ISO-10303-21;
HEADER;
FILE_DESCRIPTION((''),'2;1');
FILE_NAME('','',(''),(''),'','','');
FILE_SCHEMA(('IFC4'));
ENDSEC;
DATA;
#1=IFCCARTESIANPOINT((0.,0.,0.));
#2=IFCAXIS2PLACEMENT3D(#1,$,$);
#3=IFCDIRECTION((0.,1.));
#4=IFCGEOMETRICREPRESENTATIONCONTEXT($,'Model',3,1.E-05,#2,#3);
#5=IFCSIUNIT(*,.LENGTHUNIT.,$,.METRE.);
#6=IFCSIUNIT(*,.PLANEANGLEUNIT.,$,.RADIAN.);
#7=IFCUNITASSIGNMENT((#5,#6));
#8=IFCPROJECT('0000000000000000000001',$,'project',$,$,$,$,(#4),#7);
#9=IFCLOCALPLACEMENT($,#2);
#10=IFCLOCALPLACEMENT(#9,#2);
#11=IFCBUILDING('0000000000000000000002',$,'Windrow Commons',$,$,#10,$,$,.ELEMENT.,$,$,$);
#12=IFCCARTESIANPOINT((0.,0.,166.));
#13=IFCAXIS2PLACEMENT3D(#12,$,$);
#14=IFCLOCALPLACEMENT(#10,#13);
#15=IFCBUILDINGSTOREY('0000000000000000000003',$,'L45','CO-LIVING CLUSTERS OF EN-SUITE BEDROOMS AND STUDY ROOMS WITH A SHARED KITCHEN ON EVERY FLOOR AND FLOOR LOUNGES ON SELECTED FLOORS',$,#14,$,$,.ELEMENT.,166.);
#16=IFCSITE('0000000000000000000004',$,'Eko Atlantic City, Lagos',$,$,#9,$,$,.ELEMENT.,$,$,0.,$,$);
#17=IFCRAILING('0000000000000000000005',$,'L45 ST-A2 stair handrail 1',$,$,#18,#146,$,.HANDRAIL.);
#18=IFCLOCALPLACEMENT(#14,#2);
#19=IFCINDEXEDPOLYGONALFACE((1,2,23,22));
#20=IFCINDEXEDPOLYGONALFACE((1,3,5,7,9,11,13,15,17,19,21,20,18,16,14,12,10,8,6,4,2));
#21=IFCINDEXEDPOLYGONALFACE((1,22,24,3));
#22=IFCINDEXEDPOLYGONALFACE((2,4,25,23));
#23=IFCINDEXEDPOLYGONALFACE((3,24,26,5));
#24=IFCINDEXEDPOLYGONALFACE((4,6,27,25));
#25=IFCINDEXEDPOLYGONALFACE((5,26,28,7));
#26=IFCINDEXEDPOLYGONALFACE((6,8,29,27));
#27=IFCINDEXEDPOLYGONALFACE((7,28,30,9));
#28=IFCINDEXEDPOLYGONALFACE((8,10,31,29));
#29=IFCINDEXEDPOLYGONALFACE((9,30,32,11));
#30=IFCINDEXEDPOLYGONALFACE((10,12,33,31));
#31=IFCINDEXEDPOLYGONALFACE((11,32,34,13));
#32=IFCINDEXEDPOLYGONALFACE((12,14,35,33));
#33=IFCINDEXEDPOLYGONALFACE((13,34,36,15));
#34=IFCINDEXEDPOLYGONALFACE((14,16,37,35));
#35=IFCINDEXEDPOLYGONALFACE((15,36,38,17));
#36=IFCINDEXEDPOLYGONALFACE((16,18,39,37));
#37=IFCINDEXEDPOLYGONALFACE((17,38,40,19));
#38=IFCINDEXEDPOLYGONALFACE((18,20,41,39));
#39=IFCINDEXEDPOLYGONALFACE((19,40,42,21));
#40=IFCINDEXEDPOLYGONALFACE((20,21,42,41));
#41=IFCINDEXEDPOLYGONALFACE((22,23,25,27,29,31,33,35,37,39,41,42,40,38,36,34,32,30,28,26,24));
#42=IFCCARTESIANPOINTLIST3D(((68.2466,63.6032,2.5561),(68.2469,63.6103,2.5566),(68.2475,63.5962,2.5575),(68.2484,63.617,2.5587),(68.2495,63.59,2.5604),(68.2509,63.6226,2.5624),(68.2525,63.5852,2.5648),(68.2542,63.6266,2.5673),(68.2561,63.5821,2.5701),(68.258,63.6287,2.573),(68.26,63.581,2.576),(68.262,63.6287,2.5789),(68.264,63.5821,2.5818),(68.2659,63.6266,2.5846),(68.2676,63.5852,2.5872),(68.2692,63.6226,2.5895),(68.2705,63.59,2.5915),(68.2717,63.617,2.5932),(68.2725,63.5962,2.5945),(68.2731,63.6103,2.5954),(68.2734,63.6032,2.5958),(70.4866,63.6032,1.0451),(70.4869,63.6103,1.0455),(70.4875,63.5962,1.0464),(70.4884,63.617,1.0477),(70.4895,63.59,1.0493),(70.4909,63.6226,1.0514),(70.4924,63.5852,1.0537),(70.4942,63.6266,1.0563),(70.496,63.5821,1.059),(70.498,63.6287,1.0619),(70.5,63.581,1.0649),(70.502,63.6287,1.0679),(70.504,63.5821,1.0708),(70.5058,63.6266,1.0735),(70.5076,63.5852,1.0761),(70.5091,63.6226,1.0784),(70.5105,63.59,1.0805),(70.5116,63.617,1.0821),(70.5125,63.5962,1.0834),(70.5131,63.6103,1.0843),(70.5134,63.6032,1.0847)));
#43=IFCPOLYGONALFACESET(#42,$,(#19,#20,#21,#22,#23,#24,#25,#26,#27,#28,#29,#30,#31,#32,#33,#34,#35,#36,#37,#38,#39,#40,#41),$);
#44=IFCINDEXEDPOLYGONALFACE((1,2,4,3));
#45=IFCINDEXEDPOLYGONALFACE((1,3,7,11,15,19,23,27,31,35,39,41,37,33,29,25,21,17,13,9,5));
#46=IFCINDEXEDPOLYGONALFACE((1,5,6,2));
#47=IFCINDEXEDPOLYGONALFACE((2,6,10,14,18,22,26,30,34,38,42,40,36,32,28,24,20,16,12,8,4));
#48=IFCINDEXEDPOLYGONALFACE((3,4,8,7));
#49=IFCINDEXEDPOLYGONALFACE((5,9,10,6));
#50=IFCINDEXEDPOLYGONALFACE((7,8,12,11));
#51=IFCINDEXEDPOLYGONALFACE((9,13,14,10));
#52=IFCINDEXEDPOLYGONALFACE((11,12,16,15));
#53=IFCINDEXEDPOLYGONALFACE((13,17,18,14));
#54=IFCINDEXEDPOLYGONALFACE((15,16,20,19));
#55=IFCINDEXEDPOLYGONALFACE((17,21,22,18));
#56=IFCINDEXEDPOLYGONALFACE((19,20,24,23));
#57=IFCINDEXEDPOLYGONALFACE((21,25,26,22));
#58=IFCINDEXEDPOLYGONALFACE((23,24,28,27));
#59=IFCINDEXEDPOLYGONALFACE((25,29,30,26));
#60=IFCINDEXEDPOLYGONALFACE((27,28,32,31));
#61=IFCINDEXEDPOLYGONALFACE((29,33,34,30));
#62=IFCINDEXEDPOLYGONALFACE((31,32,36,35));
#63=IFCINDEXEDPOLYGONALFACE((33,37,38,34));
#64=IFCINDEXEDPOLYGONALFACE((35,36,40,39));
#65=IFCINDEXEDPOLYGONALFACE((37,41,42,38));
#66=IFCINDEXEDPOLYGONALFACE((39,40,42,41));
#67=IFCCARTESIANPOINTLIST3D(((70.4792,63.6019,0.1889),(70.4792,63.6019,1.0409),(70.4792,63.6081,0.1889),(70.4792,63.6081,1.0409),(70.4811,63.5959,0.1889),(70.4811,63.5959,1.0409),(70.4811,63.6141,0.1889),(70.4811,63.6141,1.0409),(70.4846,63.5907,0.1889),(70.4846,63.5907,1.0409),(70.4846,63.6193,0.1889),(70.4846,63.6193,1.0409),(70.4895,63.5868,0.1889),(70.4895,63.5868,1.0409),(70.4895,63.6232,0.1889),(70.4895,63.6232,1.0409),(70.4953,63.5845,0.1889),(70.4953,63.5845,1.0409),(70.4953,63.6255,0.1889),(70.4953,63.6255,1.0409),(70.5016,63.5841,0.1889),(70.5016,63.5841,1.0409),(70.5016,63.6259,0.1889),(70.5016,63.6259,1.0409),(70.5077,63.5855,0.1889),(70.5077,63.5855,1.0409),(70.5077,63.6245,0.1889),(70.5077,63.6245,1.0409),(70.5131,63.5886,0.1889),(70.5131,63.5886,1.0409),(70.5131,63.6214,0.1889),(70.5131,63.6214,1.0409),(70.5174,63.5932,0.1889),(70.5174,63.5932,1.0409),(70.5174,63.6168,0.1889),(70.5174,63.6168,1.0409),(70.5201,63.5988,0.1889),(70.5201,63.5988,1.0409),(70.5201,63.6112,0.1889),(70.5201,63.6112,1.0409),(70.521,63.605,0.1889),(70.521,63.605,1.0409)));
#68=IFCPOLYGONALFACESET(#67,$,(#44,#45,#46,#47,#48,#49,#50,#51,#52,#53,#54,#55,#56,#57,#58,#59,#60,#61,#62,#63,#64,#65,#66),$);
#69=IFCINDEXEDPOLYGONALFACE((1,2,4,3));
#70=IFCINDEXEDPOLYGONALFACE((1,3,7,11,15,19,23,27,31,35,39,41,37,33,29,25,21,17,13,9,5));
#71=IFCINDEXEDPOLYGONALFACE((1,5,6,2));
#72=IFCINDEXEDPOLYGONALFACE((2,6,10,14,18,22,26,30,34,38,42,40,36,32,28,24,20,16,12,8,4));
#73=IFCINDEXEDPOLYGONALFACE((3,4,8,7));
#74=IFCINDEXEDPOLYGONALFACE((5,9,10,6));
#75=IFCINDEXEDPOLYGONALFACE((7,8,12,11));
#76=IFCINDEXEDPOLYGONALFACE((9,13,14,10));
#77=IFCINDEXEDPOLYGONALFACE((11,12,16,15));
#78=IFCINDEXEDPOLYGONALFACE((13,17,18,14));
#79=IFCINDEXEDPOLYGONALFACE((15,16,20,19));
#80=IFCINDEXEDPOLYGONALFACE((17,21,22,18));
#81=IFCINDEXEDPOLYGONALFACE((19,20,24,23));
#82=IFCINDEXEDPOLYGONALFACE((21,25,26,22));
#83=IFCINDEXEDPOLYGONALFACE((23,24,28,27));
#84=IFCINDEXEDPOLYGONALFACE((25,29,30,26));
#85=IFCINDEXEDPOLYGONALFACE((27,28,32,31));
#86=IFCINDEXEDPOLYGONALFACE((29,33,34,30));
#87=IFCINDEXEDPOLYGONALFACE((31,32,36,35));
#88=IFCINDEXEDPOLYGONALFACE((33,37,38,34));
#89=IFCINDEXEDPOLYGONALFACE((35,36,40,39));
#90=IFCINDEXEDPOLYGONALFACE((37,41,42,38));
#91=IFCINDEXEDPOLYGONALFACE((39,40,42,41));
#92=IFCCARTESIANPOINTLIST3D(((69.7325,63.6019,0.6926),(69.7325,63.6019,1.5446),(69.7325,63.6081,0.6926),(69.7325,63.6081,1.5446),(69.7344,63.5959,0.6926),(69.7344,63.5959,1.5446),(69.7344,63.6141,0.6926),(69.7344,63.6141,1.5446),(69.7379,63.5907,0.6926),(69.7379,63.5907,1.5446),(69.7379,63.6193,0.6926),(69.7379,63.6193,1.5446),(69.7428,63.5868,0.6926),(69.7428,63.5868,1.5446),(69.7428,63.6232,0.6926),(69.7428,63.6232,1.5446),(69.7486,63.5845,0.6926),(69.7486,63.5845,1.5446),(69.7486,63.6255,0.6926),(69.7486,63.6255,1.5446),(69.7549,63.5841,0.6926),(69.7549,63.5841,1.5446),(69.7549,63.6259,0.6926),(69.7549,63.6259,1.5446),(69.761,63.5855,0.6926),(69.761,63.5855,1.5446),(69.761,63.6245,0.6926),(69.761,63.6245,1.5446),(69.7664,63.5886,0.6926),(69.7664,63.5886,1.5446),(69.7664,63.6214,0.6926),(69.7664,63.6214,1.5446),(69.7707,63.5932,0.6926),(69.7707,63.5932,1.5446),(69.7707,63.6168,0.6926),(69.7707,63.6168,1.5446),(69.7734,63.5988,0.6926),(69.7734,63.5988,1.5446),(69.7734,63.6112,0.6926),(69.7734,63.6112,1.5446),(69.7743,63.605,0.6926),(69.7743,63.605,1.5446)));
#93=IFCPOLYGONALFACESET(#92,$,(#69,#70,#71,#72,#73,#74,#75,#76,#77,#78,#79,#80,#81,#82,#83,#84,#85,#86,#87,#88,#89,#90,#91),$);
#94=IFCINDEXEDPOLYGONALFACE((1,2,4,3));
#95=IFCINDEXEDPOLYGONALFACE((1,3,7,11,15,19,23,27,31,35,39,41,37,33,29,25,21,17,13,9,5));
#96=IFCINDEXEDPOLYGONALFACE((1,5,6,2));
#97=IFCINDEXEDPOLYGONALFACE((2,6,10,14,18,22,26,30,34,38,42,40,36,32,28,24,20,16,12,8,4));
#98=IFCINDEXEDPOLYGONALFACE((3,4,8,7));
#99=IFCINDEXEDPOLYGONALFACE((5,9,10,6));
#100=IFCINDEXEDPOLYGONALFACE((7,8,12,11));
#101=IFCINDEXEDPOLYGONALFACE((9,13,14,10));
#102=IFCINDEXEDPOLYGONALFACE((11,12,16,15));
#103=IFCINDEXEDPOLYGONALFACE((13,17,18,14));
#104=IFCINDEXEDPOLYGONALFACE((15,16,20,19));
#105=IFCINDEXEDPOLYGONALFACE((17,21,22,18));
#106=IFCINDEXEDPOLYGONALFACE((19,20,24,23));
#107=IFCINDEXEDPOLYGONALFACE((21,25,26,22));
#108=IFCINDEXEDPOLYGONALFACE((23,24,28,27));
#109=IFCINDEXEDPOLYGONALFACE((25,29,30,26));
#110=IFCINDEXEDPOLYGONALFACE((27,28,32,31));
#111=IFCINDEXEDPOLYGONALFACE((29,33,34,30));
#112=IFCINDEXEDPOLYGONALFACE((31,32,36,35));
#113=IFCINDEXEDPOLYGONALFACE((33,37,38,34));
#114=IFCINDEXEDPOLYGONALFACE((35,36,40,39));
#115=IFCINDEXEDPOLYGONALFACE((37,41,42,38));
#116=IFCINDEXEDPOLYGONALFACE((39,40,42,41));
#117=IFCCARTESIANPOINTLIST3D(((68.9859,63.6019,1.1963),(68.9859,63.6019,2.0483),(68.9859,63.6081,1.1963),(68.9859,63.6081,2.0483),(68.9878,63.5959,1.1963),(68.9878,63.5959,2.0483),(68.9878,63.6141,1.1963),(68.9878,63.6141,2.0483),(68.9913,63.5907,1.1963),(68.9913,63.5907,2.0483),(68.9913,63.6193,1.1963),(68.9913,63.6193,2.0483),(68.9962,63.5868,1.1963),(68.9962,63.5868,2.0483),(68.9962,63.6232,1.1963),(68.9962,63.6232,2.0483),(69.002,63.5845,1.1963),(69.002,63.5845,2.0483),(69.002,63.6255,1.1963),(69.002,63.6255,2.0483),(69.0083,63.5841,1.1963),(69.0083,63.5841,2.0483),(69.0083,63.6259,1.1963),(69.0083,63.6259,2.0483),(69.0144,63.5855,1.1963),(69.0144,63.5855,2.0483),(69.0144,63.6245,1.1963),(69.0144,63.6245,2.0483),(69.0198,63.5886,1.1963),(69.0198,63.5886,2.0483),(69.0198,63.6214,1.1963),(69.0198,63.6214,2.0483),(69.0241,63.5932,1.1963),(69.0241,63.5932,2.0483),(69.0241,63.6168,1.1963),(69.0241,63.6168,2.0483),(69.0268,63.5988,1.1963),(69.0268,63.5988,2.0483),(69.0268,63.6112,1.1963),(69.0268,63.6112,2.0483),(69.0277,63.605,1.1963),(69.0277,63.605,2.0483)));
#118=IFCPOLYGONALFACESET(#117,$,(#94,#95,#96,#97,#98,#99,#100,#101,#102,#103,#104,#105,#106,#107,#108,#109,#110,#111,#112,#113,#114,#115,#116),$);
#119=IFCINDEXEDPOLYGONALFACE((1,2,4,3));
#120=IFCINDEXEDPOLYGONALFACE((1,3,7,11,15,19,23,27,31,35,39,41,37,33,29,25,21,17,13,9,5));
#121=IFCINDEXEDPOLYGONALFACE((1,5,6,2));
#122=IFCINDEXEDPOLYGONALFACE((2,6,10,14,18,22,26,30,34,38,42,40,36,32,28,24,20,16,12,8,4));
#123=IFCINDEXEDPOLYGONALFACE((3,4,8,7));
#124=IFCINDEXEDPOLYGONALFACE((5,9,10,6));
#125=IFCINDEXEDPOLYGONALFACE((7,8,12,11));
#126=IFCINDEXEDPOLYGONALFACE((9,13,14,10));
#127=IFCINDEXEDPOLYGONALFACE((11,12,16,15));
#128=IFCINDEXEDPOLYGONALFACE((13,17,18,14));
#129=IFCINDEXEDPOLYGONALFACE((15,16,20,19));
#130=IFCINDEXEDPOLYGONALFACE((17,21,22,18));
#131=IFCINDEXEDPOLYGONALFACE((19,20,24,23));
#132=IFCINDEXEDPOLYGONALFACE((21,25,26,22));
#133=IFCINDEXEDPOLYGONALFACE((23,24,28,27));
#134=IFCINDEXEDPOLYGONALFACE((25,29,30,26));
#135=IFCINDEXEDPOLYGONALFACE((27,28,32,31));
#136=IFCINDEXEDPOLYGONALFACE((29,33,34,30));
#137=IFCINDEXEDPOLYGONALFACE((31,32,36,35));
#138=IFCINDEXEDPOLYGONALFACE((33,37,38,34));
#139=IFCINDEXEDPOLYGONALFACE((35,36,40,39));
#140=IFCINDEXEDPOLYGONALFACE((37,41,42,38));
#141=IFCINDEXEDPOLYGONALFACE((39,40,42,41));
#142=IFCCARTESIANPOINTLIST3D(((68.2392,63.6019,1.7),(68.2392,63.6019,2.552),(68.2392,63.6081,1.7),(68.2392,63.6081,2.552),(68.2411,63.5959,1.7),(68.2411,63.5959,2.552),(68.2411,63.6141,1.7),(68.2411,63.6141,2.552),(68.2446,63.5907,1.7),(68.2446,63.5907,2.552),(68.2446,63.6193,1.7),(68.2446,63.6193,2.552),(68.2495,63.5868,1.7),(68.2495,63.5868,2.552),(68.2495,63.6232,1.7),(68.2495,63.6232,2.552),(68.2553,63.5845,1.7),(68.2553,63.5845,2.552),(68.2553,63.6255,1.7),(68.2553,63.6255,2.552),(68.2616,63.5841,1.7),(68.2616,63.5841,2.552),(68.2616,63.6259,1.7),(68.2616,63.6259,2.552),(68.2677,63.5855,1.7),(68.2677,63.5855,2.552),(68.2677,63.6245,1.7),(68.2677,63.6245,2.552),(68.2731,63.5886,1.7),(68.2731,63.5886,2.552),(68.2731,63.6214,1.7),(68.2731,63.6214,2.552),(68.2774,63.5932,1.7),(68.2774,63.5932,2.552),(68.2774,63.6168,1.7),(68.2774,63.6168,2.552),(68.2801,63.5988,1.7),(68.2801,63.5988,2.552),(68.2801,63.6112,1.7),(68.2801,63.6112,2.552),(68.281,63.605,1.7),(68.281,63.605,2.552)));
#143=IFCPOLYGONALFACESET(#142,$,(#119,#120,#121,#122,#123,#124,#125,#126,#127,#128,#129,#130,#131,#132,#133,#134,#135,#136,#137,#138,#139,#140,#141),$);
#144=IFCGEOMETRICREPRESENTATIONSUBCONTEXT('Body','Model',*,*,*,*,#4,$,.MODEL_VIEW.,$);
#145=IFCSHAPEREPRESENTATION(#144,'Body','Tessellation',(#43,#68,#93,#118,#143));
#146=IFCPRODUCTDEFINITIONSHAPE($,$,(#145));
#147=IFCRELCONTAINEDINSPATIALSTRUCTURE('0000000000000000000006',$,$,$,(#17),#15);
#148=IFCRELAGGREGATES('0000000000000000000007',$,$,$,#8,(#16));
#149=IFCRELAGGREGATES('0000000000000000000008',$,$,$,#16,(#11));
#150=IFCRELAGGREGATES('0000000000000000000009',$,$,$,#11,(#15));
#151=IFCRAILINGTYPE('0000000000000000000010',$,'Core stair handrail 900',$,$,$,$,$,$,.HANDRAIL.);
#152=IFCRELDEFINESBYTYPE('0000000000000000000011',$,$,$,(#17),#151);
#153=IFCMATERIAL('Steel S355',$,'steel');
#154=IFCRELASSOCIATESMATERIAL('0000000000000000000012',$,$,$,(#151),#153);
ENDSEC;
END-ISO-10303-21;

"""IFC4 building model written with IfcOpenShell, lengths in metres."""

from ifc_helpers import new_model, si_unit, direction, frame, origin, origin_2d, place, context, subcontext, project, spatial, circle, extrude, material, type_object, element, save


model = new_model("IFC4")

# Units and contexts
model_context = context("Model", 3, precision=1e-05, world=origin(), true_north=direction((0.0, 1.0)))
body_context = subcontext(model_context, "Body", "Model", "MODEL_VIEW")
ifc_project = project(units=[si_unit("LENGTHUNIT", "METRE"), si_unit("PLANEANGLEUNIT", "RADIAN")], contexts=[model_context])

# Site, building, storey
site_placement = place(None, origin())
site = spatial("IfcSite", under=ifc_project, at=site_placement, Name="Eko Atlantic City, Lagos", CompositionType="ELEMENT", RefElevation=0.0)
building_placement = place(site_placement, origin())
building = spatial("IfcBuilding", under=site, at=building_placement, Name="Windrow Commons", CompositionType="ELEMENT")
storey_placement = place(building_placement, frame((0.0, 0.0, 166.0)))
storey = spatial("IfcBuildingStorey", under=building, at=storey_placement, Name="L45", Description="CO-LIVING CLUSTERS OF EN-SUITE BEDROOMS AND STUDY ROOMS WITH A SHARED KITCHEN ON EVERY FLOOR AND FLOOR LOUNGES ON SELECTED FLOORS", CompositionType="ELEMENT", Elevation=166.0)

# Railing
ifc_material_1 = material(Name="Steel S355", Category="steel")
railing_type_1 = type_object("IfcRailingType", Name="Core stair handrail 900", PredefinedType="HANDRAIL", material=ifc_material_1)
railing_1_placement = place(storey_placement, frame((70.5, 63.605, 0.1889)))
element("IfcRailing", 1, at=railing_1_placement, inside=storey, type_object=railing_type_1, Name="L45 ST-A2 stair handrail 1", PredefinedType="HANDRAIL", context=body_context, shape_type="SweptSolid", body=[
    extrude(circle(Radius=0.024, at=origin_2d()), frame((0.0, 0.0, 0.876), z_axis=(-0.829003, 0.0, 0.559244), x_axis=(0.0, -1.0, 0.0)), (0.0, 0.0, 1.0), 2.702),
    extrude(circle(Radius=0.021, at=origin_2d()), origin(), (0.0, 0.0, 1.0), 0.852),
    extrude(circle(Radius=0.021, at=origin_2d()), frame((-0.7467, 0.0, 0.5037)), (0.0, 0.0, 1.0), 0.852),
    extrude(circle(Radius=0.021, at=origin_2d()), frame((-1.4933, 0.0, 1.0074)), (0.0, 0.0, 1.0), 0.852),
    extrude(circle(Radius=0.021, at=origin_2d()), frame((-2.24, 0.0, 1.5111)), (0.0, 0.0, 1.0), 0.852),
])

save(model, "model.ifc")
